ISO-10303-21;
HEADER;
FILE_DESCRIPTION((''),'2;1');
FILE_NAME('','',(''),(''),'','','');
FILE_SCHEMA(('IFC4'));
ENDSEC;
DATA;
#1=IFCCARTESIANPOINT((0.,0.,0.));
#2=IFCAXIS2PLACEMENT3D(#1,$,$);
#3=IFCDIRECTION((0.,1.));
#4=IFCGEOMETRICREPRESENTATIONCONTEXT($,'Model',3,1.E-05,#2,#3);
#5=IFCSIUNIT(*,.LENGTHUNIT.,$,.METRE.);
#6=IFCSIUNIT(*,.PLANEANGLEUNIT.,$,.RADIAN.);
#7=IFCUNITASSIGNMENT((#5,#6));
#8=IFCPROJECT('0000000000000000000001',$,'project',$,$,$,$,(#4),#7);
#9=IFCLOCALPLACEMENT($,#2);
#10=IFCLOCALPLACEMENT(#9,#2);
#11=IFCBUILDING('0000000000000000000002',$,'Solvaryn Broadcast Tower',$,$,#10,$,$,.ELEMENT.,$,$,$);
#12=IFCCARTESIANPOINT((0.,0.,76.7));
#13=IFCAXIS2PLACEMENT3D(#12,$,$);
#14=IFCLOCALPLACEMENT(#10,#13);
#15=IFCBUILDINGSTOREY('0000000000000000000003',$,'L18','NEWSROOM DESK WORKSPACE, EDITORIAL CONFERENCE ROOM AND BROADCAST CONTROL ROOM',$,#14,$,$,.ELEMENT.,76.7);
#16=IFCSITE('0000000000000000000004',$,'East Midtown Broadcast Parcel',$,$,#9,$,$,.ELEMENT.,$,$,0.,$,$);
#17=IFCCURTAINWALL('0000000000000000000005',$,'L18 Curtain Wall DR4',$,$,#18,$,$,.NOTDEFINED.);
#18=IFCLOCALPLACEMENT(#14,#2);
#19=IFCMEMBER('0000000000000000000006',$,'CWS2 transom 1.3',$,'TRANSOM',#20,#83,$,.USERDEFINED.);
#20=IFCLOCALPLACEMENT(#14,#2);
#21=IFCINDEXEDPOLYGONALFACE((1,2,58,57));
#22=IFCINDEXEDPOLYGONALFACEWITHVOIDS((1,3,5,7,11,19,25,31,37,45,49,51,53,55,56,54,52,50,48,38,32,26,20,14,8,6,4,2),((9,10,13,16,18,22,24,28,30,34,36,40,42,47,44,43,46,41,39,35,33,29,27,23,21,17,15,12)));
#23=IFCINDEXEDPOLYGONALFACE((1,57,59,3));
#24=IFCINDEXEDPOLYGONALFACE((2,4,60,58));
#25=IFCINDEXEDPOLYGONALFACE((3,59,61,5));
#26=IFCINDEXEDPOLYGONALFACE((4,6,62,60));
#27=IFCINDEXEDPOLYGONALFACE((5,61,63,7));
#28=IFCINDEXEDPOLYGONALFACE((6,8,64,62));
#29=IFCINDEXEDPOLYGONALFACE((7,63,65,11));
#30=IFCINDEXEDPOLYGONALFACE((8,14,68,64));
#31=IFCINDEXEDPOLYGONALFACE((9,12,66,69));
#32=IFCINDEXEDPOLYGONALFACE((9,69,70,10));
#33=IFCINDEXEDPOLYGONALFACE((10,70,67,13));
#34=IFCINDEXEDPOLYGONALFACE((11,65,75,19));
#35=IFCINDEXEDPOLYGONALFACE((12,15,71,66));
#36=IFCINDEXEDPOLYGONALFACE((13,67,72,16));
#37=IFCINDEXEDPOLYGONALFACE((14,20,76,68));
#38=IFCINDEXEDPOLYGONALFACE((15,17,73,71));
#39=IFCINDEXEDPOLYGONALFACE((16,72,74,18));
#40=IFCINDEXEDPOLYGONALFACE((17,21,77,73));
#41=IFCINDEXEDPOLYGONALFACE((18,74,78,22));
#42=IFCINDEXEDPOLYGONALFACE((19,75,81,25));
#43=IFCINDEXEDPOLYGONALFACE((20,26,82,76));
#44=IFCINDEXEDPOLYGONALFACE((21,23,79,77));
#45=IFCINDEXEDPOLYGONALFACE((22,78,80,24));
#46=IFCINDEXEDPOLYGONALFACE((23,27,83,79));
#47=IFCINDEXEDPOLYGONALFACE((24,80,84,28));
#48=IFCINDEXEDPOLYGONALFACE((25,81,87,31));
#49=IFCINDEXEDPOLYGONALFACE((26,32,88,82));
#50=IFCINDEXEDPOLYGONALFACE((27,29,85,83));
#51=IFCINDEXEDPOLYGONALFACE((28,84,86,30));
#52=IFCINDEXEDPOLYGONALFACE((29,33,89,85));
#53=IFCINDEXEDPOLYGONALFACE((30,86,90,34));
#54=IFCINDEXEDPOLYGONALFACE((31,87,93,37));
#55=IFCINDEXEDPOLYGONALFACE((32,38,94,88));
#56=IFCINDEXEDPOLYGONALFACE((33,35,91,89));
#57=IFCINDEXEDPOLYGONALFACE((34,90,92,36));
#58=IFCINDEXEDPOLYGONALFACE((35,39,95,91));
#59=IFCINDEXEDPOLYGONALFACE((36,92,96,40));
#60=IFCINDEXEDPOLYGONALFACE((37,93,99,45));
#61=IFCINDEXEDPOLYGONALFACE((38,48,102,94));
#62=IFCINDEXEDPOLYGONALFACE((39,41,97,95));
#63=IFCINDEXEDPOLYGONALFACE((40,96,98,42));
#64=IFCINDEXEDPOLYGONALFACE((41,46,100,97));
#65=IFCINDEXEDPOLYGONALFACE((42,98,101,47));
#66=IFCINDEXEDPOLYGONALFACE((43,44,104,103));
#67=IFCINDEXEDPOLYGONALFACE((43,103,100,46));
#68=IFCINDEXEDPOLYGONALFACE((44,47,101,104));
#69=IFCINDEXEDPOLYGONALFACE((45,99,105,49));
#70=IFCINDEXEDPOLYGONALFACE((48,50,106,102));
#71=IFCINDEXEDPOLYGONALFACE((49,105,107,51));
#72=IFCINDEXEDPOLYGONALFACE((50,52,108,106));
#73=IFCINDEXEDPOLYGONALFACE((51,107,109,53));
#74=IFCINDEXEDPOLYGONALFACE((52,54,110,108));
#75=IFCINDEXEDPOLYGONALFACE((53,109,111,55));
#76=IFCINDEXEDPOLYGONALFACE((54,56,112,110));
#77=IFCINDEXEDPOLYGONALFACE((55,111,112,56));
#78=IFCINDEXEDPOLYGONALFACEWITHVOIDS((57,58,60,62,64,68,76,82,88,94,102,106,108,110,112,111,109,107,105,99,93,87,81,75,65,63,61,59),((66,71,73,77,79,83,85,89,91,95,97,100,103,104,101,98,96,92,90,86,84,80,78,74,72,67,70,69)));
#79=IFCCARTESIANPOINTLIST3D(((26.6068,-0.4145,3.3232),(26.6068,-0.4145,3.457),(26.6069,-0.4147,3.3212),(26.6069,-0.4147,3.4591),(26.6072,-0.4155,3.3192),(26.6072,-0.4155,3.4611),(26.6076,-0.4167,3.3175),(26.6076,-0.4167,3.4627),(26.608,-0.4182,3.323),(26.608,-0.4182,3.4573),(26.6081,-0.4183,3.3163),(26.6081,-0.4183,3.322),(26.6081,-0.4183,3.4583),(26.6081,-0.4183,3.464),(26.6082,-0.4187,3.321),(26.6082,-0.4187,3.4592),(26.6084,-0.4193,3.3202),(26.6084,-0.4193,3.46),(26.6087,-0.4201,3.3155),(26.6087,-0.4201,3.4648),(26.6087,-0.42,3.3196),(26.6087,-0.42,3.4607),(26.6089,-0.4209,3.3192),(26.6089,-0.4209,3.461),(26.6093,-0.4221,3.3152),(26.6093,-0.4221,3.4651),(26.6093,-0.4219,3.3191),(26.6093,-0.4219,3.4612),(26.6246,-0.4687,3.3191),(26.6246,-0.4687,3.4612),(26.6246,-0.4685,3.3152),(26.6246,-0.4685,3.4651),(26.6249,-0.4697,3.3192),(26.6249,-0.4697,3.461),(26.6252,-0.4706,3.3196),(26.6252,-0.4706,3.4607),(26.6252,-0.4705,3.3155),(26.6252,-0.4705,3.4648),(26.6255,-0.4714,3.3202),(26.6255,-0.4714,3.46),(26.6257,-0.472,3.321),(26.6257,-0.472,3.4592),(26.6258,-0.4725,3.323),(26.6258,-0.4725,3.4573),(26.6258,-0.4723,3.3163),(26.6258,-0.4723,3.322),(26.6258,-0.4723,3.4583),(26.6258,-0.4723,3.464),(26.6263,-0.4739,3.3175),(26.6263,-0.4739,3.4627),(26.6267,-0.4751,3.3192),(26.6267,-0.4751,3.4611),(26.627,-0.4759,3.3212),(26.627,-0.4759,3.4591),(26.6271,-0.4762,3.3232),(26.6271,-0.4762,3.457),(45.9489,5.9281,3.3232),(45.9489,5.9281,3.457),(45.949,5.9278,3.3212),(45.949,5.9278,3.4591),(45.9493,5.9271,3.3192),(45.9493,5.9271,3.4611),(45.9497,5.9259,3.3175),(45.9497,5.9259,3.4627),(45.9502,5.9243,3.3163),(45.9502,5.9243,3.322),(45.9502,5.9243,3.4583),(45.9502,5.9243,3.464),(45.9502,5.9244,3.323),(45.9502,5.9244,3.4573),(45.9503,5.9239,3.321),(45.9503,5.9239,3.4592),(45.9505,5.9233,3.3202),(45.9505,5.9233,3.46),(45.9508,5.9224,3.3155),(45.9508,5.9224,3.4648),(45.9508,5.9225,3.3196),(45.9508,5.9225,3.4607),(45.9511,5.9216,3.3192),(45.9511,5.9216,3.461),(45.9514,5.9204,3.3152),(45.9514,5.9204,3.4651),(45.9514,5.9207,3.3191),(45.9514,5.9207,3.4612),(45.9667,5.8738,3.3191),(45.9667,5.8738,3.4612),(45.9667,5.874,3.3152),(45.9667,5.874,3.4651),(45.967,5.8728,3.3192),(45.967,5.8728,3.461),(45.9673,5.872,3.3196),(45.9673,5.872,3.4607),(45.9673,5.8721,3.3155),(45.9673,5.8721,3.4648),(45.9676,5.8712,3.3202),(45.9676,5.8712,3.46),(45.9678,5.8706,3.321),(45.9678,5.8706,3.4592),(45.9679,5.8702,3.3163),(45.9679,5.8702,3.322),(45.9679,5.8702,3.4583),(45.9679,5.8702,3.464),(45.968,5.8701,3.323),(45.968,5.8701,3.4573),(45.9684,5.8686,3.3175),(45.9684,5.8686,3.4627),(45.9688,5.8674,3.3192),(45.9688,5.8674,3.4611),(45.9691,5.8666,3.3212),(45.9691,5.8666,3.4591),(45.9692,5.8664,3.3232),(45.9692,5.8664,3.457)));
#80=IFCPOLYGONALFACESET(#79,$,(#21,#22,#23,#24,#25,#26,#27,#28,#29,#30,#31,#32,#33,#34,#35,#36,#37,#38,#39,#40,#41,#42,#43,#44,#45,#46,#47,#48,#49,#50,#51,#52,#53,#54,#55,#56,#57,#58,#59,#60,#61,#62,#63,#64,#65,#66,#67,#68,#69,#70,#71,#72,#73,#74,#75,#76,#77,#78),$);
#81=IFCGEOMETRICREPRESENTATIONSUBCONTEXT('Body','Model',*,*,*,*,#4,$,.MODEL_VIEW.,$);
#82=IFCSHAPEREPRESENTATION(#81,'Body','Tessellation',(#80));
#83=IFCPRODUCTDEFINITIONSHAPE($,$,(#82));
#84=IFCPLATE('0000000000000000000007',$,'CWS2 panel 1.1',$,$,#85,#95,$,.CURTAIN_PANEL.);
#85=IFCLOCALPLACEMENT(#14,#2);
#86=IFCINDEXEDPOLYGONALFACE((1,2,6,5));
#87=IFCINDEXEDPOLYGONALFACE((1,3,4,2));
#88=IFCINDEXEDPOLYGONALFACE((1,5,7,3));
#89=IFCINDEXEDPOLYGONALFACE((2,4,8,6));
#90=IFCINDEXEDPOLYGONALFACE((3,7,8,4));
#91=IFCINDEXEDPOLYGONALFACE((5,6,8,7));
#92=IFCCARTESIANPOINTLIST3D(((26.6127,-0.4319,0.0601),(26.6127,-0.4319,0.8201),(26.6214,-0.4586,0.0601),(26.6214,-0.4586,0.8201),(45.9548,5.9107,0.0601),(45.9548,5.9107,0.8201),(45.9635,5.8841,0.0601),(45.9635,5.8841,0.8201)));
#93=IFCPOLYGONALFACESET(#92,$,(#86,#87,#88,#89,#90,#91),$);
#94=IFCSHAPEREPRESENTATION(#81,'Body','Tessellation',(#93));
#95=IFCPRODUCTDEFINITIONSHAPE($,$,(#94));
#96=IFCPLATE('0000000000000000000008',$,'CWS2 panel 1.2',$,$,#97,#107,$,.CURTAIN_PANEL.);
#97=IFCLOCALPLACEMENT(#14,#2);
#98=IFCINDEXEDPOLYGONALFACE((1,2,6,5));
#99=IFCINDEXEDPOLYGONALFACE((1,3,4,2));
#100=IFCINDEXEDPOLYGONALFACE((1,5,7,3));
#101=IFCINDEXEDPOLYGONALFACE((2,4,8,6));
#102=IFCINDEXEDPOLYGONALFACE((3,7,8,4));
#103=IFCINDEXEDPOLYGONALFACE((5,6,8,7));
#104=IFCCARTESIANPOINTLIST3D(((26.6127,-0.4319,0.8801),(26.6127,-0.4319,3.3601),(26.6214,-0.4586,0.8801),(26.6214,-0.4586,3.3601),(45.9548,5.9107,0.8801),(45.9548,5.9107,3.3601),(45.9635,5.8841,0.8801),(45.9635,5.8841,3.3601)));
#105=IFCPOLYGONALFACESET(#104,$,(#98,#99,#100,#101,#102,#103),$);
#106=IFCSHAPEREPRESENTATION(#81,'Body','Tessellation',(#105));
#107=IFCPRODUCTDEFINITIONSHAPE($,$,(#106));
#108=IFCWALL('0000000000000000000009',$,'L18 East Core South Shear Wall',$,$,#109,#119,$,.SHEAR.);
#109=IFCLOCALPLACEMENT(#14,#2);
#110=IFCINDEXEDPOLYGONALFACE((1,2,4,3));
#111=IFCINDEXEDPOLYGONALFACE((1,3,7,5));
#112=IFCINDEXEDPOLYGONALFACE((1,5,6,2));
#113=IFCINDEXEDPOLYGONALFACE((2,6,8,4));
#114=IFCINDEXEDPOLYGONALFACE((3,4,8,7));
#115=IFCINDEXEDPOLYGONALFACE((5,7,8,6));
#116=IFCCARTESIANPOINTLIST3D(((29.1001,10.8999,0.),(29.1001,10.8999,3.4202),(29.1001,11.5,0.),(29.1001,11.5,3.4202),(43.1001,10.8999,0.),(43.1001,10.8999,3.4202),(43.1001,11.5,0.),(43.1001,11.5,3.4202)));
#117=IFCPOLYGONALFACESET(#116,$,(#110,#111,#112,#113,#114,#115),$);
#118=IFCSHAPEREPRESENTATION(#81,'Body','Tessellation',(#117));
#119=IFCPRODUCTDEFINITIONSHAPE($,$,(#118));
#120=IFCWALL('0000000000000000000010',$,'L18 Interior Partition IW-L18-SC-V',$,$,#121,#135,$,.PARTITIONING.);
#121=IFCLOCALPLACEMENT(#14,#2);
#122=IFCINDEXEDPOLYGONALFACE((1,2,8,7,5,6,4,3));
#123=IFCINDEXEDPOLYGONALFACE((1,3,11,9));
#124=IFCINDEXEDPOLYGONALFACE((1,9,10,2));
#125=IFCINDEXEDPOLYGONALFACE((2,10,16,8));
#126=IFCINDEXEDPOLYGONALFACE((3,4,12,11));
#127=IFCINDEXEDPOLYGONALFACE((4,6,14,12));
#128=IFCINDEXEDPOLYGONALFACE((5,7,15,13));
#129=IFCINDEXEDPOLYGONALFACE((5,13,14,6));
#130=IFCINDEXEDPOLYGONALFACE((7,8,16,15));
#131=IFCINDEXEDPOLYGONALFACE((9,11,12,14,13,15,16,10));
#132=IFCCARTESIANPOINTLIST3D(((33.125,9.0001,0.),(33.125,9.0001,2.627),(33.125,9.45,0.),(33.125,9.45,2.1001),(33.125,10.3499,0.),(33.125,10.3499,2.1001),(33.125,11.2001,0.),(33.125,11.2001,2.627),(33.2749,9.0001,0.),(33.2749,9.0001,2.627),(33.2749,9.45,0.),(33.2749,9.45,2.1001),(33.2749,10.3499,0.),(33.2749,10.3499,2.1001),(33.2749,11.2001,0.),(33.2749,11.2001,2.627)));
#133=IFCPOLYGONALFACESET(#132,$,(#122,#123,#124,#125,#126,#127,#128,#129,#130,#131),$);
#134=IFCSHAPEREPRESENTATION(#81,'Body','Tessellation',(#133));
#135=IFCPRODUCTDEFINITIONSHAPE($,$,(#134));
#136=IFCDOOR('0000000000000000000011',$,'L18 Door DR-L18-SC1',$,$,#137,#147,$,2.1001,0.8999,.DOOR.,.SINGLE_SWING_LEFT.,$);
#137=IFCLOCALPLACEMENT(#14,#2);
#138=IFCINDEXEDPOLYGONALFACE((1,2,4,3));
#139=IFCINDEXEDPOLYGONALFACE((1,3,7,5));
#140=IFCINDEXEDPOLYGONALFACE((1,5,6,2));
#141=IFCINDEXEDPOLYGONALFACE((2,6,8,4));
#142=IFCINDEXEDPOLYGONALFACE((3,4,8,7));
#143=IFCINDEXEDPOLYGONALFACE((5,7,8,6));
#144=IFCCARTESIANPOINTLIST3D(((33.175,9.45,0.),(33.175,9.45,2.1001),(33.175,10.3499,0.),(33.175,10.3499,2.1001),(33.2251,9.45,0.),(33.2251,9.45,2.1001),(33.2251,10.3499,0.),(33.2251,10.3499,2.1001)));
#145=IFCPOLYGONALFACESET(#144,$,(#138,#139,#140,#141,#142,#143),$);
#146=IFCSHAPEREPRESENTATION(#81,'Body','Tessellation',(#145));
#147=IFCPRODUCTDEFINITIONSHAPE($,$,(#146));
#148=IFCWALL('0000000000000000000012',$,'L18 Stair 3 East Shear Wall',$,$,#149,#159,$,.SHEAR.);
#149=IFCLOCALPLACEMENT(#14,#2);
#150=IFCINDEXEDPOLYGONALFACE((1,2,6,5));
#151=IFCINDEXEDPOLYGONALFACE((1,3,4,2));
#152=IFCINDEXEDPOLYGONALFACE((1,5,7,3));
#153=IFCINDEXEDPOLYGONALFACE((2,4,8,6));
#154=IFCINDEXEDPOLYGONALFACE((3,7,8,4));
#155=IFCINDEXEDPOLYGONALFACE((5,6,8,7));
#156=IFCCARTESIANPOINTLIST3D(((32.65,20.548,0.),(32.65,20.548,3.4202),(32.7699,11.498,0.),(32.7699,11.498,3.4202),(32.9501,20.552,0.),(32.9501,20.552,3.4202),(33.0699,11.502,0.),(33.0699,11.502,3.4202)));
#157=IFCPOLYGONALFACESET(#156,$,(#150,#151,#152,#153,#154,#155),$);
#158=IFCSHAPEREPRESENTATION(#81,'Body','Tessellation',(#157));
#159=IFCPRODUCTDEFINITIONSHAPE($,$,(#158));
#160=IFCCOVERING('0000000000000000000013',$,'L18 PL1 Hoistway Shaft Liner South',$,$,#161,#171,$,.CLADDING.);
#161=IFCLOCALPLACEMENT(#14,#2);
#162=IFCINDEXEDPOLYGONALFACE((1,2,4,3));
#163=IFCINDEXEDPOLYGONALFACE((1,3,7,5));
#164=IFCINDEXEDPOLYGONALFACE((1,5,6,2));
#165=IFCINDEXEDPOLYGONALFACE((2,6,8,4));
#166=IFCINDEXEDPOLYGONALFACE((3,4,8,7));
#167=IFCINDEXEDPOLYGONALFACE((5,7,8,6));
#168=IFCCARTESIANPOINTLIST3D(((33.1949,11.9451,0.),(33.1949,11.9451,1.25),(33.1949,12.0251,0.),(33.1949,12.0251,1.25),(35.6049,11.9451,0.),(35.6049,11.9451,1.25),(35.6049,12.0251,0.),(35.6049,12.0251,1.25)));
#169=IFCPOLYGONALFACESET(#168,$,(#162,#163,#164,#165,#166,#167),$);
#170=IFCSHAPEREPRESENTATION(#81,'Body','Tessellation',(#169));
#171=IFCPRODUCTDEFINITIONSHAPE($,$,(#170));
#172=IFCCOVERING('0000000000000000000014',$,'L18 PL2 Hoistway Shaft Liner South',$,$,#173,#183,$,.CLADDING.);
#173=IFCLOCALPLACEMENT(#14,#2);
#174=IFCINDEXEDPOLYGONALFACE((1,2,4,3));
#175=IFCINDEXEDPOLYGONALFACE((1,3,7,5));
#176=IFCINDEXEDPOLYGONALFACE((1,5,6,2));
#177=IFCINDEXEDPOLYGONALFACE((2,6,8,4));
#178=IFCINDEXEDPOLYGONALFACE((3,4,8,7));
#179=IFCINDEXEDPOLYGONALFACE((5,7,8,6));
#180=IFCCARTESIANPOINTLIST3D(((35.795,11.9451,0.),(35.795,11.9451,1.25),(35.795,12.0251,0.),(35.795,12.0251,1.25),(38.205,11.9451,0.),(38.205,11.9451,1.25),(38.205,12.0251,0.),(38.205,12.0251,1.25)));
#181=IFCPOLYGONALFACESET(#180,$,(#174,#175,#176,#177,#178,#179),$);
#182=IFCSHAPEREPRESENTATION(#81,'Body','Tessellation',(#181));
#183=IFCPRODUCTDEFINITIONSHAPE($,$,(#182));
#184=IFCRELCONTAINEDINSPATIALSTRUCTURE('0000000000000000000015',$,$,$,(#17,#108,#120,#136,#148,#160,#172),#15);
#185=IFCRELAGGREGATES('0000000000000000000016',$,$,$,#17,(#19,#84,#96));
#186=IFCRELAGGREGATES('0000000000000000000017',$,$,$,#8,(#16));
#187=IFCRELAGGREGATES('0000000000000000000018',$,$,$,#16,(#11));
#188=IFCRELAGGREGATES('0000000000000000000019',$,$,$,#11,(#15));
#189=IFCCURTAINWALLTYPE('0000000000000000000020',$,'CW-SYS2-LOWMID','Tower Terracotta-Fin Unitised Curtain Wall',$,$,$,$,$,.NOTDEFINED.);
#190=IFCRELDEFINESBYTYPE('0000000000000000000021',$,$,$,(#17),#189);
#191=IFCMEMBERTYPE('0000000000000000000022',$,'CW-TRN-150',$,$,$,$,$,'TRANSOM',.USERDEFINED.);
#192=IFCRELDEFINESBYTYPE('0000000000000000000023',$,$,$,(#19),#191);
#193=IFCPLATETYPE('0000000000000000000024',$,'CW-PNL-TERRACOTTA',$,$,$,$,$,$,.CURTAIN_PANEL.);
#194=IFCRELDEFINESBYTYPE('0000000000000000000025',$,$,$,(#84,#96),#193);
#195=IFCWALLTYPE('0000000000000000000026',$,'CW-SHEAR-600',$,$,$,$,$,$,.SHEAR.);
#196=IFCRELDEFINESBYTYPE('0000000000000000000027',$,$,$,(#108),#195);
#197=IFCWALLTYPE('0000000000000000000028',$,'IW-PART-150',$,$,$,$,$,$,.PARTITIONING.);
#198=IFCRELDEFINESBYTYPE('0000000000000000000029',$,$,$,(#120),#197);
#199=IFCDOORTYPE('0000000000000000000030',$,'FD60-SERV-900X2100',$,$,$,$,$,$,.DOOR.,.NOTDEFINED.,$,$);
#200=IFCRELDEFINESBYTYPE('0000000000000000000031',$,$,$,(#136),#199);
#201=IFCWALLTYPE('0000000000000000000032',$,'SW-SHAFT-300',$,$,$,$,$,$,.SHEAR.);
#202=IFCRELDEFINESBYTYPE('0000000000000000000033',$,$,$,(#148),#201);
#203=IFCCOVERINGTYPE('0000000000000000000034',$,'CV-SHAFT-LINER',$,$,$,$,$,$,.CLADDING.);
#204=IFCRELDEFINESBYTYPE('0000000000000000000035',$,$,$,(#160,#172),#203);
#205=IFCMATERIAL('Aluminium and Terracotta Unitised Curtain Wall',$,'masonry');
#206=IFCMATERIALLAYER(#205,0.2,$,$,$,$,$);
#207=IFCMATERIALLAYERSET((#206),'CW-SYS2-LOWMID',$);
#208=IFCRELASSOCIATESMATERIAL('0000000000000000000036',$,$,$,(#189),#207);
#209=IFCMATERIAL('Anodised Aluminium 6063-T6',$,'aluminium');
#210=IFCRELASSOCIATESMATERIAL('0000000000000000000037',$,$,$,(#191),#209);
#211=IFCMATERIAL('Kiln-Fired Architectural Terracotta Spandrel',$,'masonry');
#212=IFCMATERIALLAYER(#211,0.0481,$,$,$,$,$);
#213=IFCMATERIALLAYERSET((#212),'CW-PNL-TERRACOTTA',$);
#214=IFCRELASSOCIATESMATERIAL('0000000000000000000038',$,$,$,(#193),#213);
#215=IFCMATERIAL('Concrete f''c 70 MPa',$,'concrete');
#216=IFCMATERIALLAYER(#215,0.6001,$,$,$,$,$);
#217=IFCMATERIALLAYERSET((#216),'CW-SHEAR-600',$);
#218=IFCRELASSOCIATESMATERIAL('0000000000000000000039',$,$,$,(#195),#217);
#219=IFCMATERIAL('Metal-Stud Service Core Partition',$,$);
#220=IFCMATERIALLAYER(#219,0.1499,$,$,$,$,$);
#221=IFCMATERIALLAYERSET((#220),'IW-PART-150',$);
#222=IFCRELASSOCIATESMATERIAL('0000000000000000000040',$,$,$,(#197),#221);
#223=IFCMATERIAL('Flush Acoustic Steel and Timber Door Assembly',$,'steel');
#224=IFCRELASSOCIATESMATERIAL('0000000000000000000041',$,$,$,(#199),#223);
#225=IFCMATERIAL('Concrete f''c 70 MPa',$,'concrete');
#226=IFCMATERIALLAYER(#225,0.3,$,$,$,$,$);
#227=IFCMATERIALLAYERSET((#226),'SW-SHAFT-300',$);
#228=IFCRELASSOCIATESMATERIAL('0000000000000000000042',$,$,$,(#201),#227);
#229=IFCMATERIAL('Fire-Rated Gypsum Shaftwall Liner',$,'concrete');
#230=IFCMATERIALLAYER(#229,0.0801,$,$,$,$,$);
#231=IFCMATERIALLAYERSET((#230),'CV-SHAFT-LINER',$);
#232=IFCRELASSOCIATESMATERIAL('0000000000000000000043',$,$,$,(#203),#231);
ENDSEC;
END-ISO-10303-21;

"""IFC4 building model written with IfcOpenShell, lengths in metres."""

from ifc_helpers import new_model, si_unit, direction, frame, frame_2d, origin, origin_2d, place, context, subcontext, project, spatial, rectangle, hollow_rectangle, extrude, material, layer, layer_set, material_profile, profile_set, type_object, element, fill, aggregate, save


model = new_model("IFC4")

# Units and contexts
model_context = context("Model", 3, precision=1e-05, world=origin(), true_north=direction((0.0, 1.0)))
body_context = subcontext(model_context, "Body", "Model", "MODEL_VIEW")
ifc_project = project(units=[si_unit("LENGTHUNIT", "METRE"), si_unit("PLANEANGLEUNIT", "RADIAN")], contexts=[model_context])

# Site, building, storey
site_placement = place(None, origin())
site = spatial("IfcSite", under=ifc_project, at=site_placement, Name="East Midtown Broadcast Parcel", CompositionType="ELEMENT", RefElevation=0.0)
building_placement = place(site_placement, origin())
building = spatial("IfcBuilding", under=site, at=building_placement, Name="Solvaryn Broadcast Tower", CompositionType="ELEMENT")
storey_placement = place(building_placement, frame((0.0, 0.0, 76.7)))
storey = spatial("IfcBuildingStorey", under=building, at=storey_placement, Name="L18", Description="NEWSROOM DESK WORKSPACE, EDITORIAL CONFERENCE ROOM AND BROADCAST CONTROL ROOM", CompositionType="ELEMENT", Elevation=76.7)

# Shared definitions
ifc_material_1 = material(Name="Aluminium and Terracotta Unitised Curtain Wall", Category="masonry")
ifc_layer_1 = layer(ifc_material_1, 0.2)
ifc_layer_set_1 = layer_set([ifc_layer_1], Name="CW-SYS2-LOWMID")
curtain_wall_type = type_object("IfcCurtainWallType", Name="CW-SYS2-LOWMID", Description="Tower Terracotta-Fin Unitised Curtain Wall", PredefinedType="NOTDEFINED", material=ifc_layer_set_1)

# Curtain wall, member, plates
curtain_wall_1_placement = place(storey_placement, origin())
curtain_wall_1 = element("IfcCurtainWall", 1, at=curtain_wall_1_placement, inside=storey, type_object=curtain_wall_type, Name="L18 Curtain Wall DR4", PredefinedType="NOTDEFINED")
ifc_material_2 = material(Name="Anodised Aluminium 6063-T6", Category="aluminium")
ifc_material_profile_1 = material_profile(ifc_material_2, hollow_rectangle(XDim=0.0649, YDim=0.1499, WallThickness=0.0039, InnerFilletRadius=0.0039, OuterFilletRadius=0.0081, at=origin_2d()))
ifc_profile_set_1 = profile_set([ifc_material_profile_1], Name="Anodised Aluminium 6063-T6")
member_type_1 = type_object("IfcMemberType", Name="CW-TRN-150", ElementType="TRANSOM", PredefinedType="USERDEFINED", material=ifc_profile_set_1)
member_1_placement = place(storey_placement, frame((26.6169, -0.4453, 3.3901), z_axis=(0.950217, 0.31159, 0.0), x_axis=(-0.31159, 0.950217, 0.0)))
member_1 = element("IfcMember", 2, at=member_1_placement, type_object=member_type_1, Name="CWS2 transom 1.3", ObjectType="TRANSOM", PredefinedType="USERDEFINED", context=body_context, shape_type="SweptSolid", body=[
    extrude(hollow_rectangle(XDim=0.0649, YDim=0.1499, WallThickness=0.0039, InnerFilletRadius=0.0039, OuterFilletRadius=0.0081, at=origin_2d()), origin(), (0.0, 0.0, 1.0), 20.3555),
])
ifc_material_3 = material(Name="Kiln-Fired Architectural Terracotta Spandrel", Category="masonry")
ifc_layer_2 = layer(ifc_material_3, 0.0481)
ifc_layer_set_2 = layer_set([ifc_layer_2], Name="CW-PNL-TERRACOTTA")
plate_type = type_object("IfcPlateType", Name="CW-PNL-TERRACOTTA", PredefinedType="CURTAIN_PANEL", material=ifc_layer_set_2)
plate_1_placement = place(storey_placement, frame((36.2881, 2.7261, 0.0601), z_axis=(0.0, 0.0, 1.0), x_axis=(0.950215, 0.311594, 0.0)))
plate_1 = element("IfcPlate", 3, at=plate_1_placement, type_object=plate_type, Name="CWS2 panel 1.1", PredefinedType="CURTAIN_PANEL", context=body_context, shape_type="SweptSolid", body=[
    extrude(rectangle(XDim=20.3555, YDim=0.0281, at=origin_2d()), origin(), (0.0, 0.0, 1.0), 0.76),
])
plate_2_placement = place(storey_placement, frame((36.2881, 2.7261, 0.8801), z_axis=(0.0, 0.0, 1.0), x_axis=(0.950215, 0.311594, 0.0)))
plate_2 = element("IfcPlate", 4, at=plate_2_placement, type_object=plate_type, Name="CWS2 panel 1.2", PredefinedType="CURTAIN_PANEL", context=body_context, shape_type="SweptSolid", body=[
    extrude(rectangle(XDim=20.3555, YDim=0.0281, at=origin_2d()), origin(), (0.0, 0.0, 1.0), 2.48),
])
aggregate(curtain_wall_1, [member_1, plate_1, plate_2])

# Wall
ifc_material_4 = material(Name="Concrete f'c 70 MPa", Category="concrete")
ifc_layer_3 = layer(ifc_material_4, 0.6001)
ifc_layer_set_3 = layer_set([ifc_layer_3], Name="CW-SHEAR-600")
wall_type_1 = type_object("IfcWallType", Name="CW-SHEAR-600", PredefinedType="SHEAR", material=ifc_layer_set_3)
wall_1_placement = place(storey_placement, frame((29.1001, 11.2, 0.0), z_axis=(0.0, 0.0, 1.0), x_axis=(1.0, 0.0, 0.0)))
element("IfcWall", 5, at=wall_1_placement, inside=storey, type_object=wall_type_1, Name="L18 East Core South Shear Wall", PredefinedType="SHEAR", context=body_context, shape_type="SweptSolid", body=[
    extrude(rectangle(XDim=14.0, YDim=0.6001, at=frame_2d((7.0, 0.0))), origin(), (0.0, 0.0, 1.0), 3.4202),
])

# Wall, opening, door
ifc_material_5 = material(Name="Metal-Stud Service Core Partition")
ifc_layer_4 = layer(ifc_material_5, 0.1499)
ifc_layer_set_4 = layer_set([ifc_layer_4], Name="IW-PART-150")
wall_type_2 = type_object("IfcWallType", Name="IW-PART-150", PredefinedType="PARTITIONING", material=ifc_layer_set_4)
wall_2_placement = place(storey_placement, frame((33.2, 9.0, 0.0), z_axis=(0.0, 0.0, 1.0), x_axis=(0.0, 1.0, 0.0)))
wall_2 = element("IfcWall", 6, at=wall_2_placement, inside=storey, type_object=wall_type_2, Name="L18 Interior Partition IW-L18-SC-V", PredefinedType="PARTITIONING", context=body_context, shape_type="SweptSolid", body=[
    extrude(rectangle(XDim=2.2, YDim=0.1499, at=frame_2d((1.1001, 0.0))), origin(), (0.0, 0.0, 1.0), 2.627),
])
opening_placement = place(wall_2_placement, frame((0.45, 0.0, 0.0)))
opening = element("IfcOpeningElement", 7, at=opening_placement, cuts=wall_2, PredefinedType="OPENING", context=body_context, shape_type="SweptSolid", body=[
    extrude(rectangle(XDim=0.8999, YDim=2.1001, at=frame_2d((0.45, 1.05))), frame((0.0, 0.085, 0.0), z_axis=(0.0, -1.0, 0.0), x_axis=(1.0, 0.0, 0.0)), (0.0, 0.0, 1.0), 0.1699),
])
ifc_material_6 = material(Name="Flush Acoustic Steel and Timber Door Assembly", Category="steel")
door_type = type_object("IfcDoorType", Name="FD60-SERV-900X2100", OperationType="NOTDEFINED", PredefinedType="DOOR", material=ifc_material_6)
door_placement = place(opening_placement, origin())
door = element("IfcDoor", 8, at=door_placement, inside=storey, type_object=door_type, Name="L18 Door DR-L18-SC1", OperationType="SINGLE_SWING_LEFT", OverallHeight=2.1001, OverallWidth=0.8999, PredefinedType="DOOR", context=body_context, shape_type="SweptSolid", body=[
    extrude(rectangle(XDim=0.8999, YDim=2.1001, at=frame_2d((0.45, 1.05))), frame((0.0, 0.0249, 0.0), z_axis=(0.0, -1.0, 0.0), x_axis=(1.0, 0.0, 0.0)), (0.0, 0.0, 1.0), 0.05),
])
fill(opening, door)

# Wall
ifc_material_7 = material(Name="Concrete f'c 70 MPa", Category="concrete")
ifc_layer_5 = layer(ifc_material_7, 0.3)
ifc_layer_set_5 = layer_set([ifc_layer_5], Name="SW-SHAFT-300")
wall_type_3 = type_object("IfcWallType", Name="SW-SHAFT-300", PredefinedType="SHEAR", material=ifc_layer_set_5)
wall_3_placement = place(storey_placement, frame((32.9199, 11.5, 0.0), z_axis=(0.0, 0.0, 1.0), x_axis=(-0.013244, 0.999912, 0.0)))
element("IfcWall", 9, at=wall_3_placement, inside=storey, type_object=wall_type_3, Name="L18 Stair 3 East Shear Wall", PredefinedType="SHEAR", context=body_context, shape_type="SweptSolid", body=[
    extrude(rectangle(XDim=9.0508, YDim=0.3, at=frame_2d((4.5254, 0.0))), origin(), (0.0, 0.0, 1.0), 3.4202),
])

# Coverings
ifc_material_8 = material(Name="Fire-Rated Gypsum Shaftwall Liner", Category="concrete")
ifc_layer_6 = layer(ifc_material_8, 0.0801)
ifc_layer_set_6 = layer_set([ifc_layer_6], Name="CV-SHAFT-LINER")
covering_type_1 = type_object("IfcCoveringType", Name="CV-SHAFT-LINER", PredefinedType="CLADDING", material=ifc_layer_set_6)
for number, where, z_axis, x_axis, name in (
    (10, (34.3999, 11.9851, 0.0), (0.0, 0.0, 1.0), (1.0, 0.0, 0.0), "L18 PL1 Hoistway Shaft Liner South"),
    (11, (37.0, 11.9851, 0.0), (0.0, 0.0, 1.0), (1.0, 0.0, 0.0), "L18 PL2 Hoistway Shaft Liner South"),
):
    element("IfcCovering", number, at=place(storey_placement, frame(where, z_axis=z_axis, x_axis=x_axis)), inside=storey, type_object=covering_type_1, Name=name, PredefinedType="CLADDING", context=body_context, shape_type="SweptSolid", body=[
        extrude(rectangle(XDim=2.4099, YDim=0.0801, at=origin_2d()), origin(), (0.0, 0.0, 1.0), 1.25),
    ])

save(model, "model.ifc")
